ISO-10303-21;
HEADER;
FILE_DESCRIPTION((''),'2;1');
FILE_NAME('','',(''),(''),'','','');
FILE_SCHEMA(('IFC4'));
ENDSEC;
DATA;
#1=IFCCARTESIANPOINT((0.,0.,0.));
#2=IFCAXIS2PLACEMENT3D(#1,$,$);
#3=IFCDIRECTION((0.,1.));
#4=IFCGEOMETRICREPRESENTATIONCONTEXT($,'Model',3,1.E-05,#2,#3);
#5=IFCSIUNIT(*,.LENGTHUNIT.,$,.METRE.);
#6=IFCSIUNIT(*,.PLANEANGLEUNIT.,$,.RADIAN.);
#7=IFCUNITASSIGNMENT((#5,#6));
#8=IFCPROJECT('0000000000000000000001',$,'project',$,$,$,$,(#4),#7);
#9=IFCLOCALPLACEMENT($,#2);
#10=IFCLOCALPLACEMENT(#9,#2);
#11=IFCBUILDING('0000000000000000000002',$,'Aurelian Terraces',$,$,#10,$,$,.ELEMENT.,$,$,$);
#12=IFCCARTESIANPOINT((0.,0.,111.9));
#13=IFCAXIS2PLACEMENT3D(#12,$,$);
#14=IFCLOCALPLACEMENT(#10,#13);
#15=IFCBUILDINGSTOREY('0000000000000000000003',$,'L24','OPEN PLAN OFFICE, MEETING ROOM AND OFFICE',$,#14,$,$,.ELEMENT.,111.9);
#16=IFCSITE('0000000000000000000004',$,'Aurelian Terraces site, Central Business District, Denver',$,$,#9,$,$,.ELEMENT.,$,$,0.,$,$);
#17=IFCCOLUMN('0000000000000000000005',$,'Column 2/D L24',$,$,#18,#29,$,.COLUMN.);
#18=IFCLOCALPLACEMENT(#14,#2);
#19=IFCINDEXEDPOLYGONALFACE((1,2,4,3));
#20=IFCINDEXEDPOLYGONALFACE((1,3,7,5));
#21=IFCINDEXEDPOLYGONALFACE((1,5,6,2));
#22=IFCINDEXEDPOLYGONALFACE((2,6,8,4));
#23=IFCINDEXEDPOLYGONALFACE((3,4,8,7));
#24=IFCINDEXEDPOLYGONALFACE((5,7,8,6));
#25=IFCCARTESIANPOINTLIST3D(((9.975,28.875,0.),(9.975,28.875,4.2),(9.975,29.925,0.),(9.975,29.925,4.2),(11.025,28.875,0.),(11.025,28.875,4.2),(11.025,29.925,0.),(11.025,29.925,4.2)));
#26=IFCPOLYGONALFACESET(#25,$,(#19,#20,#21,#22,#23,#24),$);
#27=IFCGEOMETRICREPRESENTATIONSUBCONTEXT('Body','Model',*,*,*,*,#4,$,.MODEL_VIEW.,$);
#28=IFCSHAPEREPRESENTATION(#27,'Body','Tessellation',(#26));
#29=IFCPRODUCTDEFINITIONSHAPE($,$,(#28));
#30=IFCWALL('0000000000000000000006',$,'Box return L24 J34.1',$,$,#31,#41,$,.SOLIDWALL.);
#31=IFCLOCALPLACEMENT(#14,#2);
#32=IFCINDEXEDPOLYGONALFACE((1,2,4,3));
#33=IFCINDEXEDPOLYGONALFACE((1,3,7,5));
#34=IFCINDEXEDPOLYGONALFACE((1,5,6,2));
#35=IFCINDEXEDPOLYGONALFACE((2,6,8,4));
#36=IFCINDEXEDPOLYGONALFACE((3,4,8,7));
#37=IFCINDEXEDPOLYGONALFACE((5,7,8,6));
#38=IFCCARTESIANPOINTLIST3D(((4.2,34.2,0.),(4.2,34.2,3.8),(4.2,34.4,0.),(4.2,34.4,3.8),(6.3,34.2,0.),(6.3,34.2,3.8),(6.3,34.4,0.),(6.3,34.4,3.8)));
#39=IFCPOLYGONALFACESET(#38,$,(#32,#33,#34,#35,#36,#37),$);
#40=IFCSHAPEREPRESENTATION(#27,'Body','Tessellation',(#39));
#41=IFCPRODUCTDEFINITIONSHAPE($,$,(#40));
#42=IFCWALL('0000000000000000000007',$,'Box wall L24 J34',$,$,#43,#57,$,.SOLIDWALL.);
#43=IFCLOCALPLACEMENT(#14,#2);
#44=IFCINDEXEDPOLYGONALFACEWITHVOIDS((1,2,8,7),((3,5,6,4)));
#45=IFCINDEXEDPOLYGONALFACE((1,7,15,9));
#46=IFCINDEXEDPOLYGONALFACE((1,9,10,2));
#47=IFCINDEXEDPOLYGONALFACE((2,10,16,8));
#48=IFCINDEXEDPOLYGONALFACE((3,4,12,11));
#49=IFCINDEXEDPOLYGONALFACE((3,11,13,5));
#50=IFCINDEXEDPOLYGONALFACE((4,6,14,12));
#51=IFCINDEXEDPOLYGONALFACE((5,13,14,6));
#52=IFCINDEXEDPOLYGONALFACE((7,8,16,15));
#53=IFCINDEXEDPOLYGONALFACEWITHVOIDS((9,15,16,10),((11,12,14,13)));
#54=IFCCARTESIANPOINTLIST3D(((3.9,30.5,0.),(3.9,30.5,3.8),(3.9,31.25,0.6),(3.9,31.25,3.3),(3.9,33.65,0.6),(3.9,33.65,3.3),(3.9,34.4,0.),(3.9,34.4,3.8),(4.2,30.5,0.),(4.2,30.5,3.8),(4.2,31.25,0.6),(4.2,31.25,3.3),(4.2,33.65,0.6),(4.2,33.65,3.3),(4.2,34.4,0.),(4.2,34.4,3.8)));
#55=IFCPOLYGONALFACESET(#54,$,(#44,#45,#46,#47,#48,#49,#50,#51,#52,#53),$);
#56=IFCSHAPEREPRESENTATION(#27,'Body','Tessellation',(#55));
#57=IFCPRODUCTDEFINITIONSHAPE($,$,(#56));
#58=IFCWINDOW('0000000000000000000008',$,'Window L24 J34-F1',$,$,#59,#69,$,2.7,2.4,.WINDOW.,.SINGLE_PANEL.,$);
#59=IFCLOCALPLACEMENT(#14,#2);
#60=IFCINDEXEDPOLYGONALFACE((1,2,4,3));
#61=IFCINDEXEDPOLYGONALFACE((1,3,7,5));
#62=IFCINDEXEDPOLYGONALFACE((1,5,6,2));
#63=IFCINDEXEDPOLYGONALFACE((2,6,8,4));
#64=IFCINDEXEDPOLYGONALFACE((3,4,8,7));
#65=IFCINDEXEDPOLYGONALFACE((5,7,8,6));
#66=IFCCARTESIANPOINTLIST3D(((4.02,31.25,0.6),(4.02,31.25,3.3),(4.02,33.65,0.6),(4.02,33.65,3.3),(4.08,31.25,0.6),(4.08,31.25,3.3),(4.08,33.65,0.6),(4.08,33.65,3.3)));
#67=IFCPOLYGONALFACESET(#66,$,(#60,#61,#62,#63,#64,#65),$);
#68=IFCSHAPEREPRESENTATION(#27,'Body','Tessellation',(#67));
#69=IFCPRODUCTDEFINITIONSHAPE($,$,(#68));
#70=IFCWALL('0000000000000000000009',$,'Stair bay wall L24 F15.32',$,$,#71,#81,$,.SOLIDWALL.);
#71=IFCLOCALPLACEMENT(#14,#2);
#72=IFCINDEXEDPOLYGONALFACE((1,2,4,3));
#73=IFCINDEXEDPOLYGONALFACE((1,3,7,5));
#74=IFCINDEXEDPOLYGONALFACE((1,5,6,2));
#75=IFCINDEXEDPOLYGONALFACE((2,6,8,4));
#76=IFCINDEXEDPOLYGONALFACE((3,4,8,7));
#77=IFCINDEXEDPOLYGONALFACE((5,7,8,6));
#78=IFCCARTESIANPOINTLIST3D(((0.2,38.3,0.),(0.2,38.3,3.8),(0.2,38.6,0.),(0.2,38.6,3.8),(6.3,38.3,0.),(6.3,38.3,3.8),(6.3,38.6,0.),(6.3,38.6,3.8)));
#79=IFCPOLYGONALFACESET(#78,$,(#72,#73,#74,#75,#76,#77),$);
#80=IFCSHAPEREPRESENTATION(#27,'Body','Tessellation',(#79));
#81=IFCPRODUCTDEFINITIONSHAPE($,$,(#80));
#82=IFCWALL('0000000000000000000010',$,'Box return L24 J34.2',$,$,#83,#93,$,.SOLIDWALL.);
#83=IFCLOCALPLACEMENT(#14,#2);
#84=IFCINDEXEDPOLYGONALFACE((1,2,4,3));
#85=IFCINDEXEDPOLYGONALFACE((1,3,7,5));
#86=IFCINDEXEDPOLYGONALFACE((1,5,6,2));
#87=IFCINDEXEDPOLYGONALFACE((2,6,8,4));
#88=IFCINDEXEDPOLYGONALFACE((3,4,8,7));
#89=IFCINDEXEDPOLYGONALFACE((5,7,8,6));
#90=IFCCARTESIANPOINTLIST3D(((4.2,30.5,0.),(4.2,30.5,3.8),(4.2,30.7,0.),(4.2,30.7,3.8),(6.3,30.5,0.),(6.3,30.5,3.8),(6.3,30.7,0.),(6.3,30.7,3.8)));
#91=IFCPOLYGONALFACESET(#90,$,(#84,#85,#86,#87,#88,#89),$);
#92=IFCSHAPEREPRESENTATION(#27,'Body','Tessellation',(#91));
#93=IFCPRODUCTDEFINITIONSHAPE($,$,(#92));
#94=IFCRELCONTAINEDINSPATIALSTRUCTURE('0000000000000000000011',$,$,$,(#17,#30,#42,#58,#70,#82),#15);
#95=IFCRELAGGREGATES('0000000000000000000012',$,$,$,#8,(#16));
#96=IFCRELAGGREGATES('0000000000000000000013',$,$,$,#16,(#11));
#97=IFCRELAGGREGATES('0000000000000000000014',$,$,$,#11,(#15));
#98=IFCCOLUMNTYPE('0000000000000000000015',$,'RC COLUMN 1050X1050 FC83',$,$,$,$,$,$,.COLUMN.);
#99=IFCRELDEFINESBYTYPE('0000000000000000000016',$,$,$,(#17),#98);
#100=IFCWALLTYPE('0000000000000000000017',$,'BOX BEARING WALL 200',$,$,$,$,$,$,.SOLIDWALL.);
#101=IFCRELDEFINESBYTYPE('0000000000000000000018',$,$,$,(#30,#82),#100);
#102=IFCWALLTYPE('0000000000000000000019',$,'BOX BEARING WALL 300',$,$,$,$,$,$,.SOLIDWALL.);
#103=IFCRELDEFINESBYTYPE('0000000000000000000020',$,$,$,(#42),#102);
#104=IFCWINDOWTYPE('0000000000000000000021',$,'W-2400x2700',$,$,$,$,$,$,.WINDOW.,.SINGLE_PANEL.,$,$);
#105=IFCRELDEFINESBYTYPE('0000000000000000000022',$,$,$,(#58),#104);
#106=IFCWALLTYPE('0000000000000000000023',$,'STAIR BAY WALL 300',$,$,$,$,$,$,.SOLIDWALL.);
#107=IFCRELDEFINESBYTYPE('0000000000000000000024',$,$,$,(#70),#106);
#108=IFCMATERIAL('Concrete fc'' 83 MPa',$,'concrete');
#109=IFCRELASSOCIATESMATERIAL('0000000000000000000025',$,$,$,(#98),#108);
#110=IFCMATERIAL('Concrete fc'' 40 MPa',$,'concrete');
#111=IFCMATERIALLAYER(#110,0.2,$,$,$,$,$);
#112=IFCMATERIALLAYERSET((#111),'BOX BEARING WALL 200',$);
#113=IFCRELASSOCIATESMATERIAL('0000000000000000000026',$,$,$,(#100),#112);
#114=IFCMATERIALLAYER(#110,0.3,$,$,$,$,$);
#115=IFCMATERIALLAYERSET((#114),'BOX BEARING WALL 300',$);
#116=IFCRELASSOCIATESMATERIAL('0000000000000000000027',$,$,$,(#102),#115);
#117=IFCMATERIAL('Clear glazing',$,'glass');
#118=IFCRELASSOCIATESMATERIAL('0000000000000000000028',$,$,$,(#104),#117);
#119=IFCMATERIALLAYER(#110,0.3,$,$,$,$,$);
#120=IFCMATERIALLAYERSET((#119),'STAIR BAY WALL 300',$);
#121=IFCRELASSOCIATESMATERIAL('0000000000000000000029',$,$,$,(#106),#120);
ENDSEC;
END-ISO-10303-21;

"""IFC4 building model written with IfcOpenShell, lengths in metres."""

from ifc_helpers import new_model, si_unit, direction, frame, frame_2d, origin, origin_2d, place, context, subcontext, project, spatial, rectangle, extrude, source, transform, mapped, material, layer, layer_set, material_profile, profile_set, type_object, element, fill, save


model = new_model("IFC4")

# Units and contexts
model_context = context("Model", 3, precision=1e-05, world=origin(), true_north=direction((0.0, 1.0)))
body_context = subcontext(model_context, "Body", "Model", "MODEL_VIEW")
ifc_project = project(units=[si_unit("LENGTHUNIT", "METRE"), si_unit("PLANEANGLEUNIT", "RADIAN")], contexts=[model_context])

# Site, building, storey
site_placement = place(None, origin())
site = spatial("IfcSite", under=ifc_project, at=site_placement, Name="Aurelian Terraces site, Central Business District, Denver", CompositionType="ELEMENT", RefElevation=0.0)
building_placement = place(site_placement, origin())
building = spatial("IfcBuilding", under=site, at=building_placement, Name="Aurelian Terraces", CompositionType="ELEMENT")
storey_placement = place(building_placement, frame((0.0, 0.0, 111.9)))
storey = spatial("IfcBuildingStorey", under=building, at=storey_placement, Name="L24", Description="OPEN PLAN OFFICE, MEETING ROOM AND OFFICE", CompositionType="ELEMENT", Elevation=111.9)

# Column
ifc_material_1 = material(Name="Concrete fc' 83 MPa", Category="concrete")
ifc_material_profile = material_profile(ifc_material_1, rectangle(XDim=1.05, YDim=1.05, at=origin_2d()))
ifc_profile_set = profile_set([ifc_material_profile], Name="Concrete fc' 83 MPa")
column_type = type_object("IfcColumnType", Name="RC COLUMN 1050X1050 FC83", PredefinedType="COLUMN", material=ifc_profile_set)
shared_shape_1 = source(origin(), body_context, "Body", "SweptSolid", [
    extrude(rectangle(XDim=1.05, YDim=1.05, at=origin_2d()), origin(), (0.0, 0.0, 1.0), 4.2),
])
column_placement = place(storey_placement, frame((10.5, 29.4, 0.0), z_axis=(0.0, 0.0, 1.0), x_axis=(1.0, 0.0, 0.0)))
element("IfcColumn", 1, at=column_placement, inside=storey, type_object=column_type, Name="Column 2/D L24", PredefinedType="COLUMN", context=body_context, shape_type="MappedRepresentation", body=[
    mapped(shared_shape_1, transform((0.0, 0.0, 0.0), scale=1.0)),
])

# Wall
ifc_material_2 = material(Name="Concrete fc' 40 MPa", Category="concrete")
ifc_layer_1 = layer(ifc_material_2, 0.2)
ifc_layer_set_1 = layer_set([ifc_layer_1], Name="BOX BEARING WALL 200")
wall_type_1 = type_object("IfcWallType", Name="BOX BEARING WALL 200", PredefinedType="SOLIDWALL", material=ifc_layer_set_1)
wall_1_placement = place(storey_placement, frame((6.3, 34.3, 0.0), z_axis=(0.0, 0.0, 1.0), x_axis=(-1.0, 0.0, 0.0)))
element("IfcWall", 2, at=wall_1_placement, inside=storey, type_object=wall_type_1, Name="Box return L24 J34.1", PredefinedType="SOLIDWALL", context=body_context, shape_type="SweptSolid", body=[
    extrude(rectangle(XDim=2.1, YDim=0.2, at=frame_2d((1.05, 0.0))), origin(), (0.0, 0.0, 1.0), 3.8),
])

# Wall, opening, window
ifc_layer_2 = layer(ifc_material_2, 0.3)
ifc_layer_set_2 = layer_set([ifc_layer_2], Name="BOX BEARING WALL 300")
wall_type_2 = type_object("IfcWallType", Name="BOX BEARING WALL 300", PredefinedType="SOLIDWALL", material=ifc_layer_set_2)
wall_2_placement = place(storey_placement, frame((4.05, 34.4, 0.0), z_axis=(0.0, 0.0, 1.0), x_axis=(0.0, -1.0, 0.0)))
wall_2 = element("IfcWall", 3, at=wall_2_placement, inside=storey, type_object=wall_type_2, Name="Box wall L24 J34", PredefinedType="SOLIDWALL", context=body_context, shape_type="SweptSolid", body=[
    extrude(rectangle(XDim=3.9, YDim=0.3, at=frame_2d((1.95, 0.0))), origin(), (0.0, 0.0, 1.0), 3.8),
])
shared_shape_2 = source(origin(), body_context, "Body", "SweptSolid", [
    extrude(rectangle(XDim=2.4, YDim=2.7, at=frame_2d((1.2, 1.35))), frame((0.0, 0.16, 0.0), z_axis=(0.0, -1.0, 0.0), x_axis=(1.0, 0.0, 0.0)), (0.0, 0.0, 1.0), 0.32),
])
opening_1_placement = place(wall_2_placement, frame((0.75, 0.0, 0.6)))
opening_1 = element("IfcOpeningElement", 4, at=opening_1_placement, cuts=wall_2, PredefinedType="OPENING", context=body_context, shape_type="MappedRepresentation", body=[
    mapped(shared_shape_2, transform((0.0, 0.0, 0.0), scale=1.0)),
])
ifc_material_3 = material(Name="Clear glazing", Category="glass")
window_type_1 = type_object("IfcWindowType", Name="W-2400x2700", PartitioningType="SINGLE_PANEL", PredefinedType="WINDOW", material=ifc_material_3)
shared_shape_3 = source(origin(), body_context, "Body", "SweptSolid", [
    extrude(rectangle(XDim=2.4, YDim=2.7, at=frame_2d((1.2, 1.35))), frame((0.0, 0.03, 0.0), z_axis=(0.0, -1.0, 0.0), x_axis=(1.0, 0.0, 0.0)), (0.0, 0.0, 1.0), 0.06),
])
window_1_placement = place(opening_1_placement, origin())
window_1 = element("IfcWindow", 5, at=window_1_placement, inside=storey, type_object=window_type_1, Name="Window L24 J34-F1", OverallHeight=2.7, OverallWidth=2.4, PartitioningType="SINGLE_PANEL", PredefinedType="WINDOW", context=body_context, shape_type="MappedRepresentation", body=[
    mapped(shared_shape_3, transform((0.0, 0.0, 0.0), scale=1.0)),
])
fill(opening_1, window_1)

# Walls
ifc_layer_3 = layer(ifc_material_2, 0.3)
ifc_layer_set_3 = layer_set([ifc_layer_3], Name="STAIR BAY WALL 300")
wall_type_3 = type_object("IfcWallType", Name="STAIR BAY WALL 300", PredefinedType="SOLIDWALL", material=ifc_layer_set_3)
shared_shape_4 = source(origin(), body_context, "Body", "SweptSolid", [
    extrude(rectangle(XDim=6.1, YDim=0.3, at=frame_2d((3.05, 0.0))), origin(), (0.0, 0.0, 1.0), 3.8),
])
wall_3_placement = place(storey_placement, frame((0.2, 38.45, 0.0), z_axis=(0.0, 0.0, 1.0), x_axis=(1.0, 0.0, 0.0)))
element("IfcWall", 6, at=wall_3_placement, inside=storey, type_object=wall_type_3, Name="Stair bay wall L24 F15.32", PredefinedType="SOLIDWALL", context=body_context, shape_type="MappedRepresentation", body=[
    mapped(shared_shape_4, transform((0.0, 0.0, 0.0), scale=1.0)),
])
shared_shape_5 = source(origin(), body_context, "Body", "SweptSolid", [
    extrude(rectangle(XDim=2.1, YDim=0.2, at=frame_2d((1.05, 0.0))), origin(), (0.0, 0.0, 1.0), 3.8),
])
wall_4_placement = place(storey_placement, frame((6.3, 30.6, 0.0), z_axis=(0.0, 0.0, 1.0), x_axis=(-1.0, 0.0, 0.0)))
element("IfcWall", 7, at=wall_4_placement, inside=storey, type_object=wall_type_1, Name="Box return L24 J34.2", PredefinedType="SOLIDWALL", context=body_context, shape_type="MappedRepresentation", body=[
    mapped(shared_shape_5, transform((0.0, 0.0, 0.0), scale=1.0)),
])

save(model, "model.ifc")
